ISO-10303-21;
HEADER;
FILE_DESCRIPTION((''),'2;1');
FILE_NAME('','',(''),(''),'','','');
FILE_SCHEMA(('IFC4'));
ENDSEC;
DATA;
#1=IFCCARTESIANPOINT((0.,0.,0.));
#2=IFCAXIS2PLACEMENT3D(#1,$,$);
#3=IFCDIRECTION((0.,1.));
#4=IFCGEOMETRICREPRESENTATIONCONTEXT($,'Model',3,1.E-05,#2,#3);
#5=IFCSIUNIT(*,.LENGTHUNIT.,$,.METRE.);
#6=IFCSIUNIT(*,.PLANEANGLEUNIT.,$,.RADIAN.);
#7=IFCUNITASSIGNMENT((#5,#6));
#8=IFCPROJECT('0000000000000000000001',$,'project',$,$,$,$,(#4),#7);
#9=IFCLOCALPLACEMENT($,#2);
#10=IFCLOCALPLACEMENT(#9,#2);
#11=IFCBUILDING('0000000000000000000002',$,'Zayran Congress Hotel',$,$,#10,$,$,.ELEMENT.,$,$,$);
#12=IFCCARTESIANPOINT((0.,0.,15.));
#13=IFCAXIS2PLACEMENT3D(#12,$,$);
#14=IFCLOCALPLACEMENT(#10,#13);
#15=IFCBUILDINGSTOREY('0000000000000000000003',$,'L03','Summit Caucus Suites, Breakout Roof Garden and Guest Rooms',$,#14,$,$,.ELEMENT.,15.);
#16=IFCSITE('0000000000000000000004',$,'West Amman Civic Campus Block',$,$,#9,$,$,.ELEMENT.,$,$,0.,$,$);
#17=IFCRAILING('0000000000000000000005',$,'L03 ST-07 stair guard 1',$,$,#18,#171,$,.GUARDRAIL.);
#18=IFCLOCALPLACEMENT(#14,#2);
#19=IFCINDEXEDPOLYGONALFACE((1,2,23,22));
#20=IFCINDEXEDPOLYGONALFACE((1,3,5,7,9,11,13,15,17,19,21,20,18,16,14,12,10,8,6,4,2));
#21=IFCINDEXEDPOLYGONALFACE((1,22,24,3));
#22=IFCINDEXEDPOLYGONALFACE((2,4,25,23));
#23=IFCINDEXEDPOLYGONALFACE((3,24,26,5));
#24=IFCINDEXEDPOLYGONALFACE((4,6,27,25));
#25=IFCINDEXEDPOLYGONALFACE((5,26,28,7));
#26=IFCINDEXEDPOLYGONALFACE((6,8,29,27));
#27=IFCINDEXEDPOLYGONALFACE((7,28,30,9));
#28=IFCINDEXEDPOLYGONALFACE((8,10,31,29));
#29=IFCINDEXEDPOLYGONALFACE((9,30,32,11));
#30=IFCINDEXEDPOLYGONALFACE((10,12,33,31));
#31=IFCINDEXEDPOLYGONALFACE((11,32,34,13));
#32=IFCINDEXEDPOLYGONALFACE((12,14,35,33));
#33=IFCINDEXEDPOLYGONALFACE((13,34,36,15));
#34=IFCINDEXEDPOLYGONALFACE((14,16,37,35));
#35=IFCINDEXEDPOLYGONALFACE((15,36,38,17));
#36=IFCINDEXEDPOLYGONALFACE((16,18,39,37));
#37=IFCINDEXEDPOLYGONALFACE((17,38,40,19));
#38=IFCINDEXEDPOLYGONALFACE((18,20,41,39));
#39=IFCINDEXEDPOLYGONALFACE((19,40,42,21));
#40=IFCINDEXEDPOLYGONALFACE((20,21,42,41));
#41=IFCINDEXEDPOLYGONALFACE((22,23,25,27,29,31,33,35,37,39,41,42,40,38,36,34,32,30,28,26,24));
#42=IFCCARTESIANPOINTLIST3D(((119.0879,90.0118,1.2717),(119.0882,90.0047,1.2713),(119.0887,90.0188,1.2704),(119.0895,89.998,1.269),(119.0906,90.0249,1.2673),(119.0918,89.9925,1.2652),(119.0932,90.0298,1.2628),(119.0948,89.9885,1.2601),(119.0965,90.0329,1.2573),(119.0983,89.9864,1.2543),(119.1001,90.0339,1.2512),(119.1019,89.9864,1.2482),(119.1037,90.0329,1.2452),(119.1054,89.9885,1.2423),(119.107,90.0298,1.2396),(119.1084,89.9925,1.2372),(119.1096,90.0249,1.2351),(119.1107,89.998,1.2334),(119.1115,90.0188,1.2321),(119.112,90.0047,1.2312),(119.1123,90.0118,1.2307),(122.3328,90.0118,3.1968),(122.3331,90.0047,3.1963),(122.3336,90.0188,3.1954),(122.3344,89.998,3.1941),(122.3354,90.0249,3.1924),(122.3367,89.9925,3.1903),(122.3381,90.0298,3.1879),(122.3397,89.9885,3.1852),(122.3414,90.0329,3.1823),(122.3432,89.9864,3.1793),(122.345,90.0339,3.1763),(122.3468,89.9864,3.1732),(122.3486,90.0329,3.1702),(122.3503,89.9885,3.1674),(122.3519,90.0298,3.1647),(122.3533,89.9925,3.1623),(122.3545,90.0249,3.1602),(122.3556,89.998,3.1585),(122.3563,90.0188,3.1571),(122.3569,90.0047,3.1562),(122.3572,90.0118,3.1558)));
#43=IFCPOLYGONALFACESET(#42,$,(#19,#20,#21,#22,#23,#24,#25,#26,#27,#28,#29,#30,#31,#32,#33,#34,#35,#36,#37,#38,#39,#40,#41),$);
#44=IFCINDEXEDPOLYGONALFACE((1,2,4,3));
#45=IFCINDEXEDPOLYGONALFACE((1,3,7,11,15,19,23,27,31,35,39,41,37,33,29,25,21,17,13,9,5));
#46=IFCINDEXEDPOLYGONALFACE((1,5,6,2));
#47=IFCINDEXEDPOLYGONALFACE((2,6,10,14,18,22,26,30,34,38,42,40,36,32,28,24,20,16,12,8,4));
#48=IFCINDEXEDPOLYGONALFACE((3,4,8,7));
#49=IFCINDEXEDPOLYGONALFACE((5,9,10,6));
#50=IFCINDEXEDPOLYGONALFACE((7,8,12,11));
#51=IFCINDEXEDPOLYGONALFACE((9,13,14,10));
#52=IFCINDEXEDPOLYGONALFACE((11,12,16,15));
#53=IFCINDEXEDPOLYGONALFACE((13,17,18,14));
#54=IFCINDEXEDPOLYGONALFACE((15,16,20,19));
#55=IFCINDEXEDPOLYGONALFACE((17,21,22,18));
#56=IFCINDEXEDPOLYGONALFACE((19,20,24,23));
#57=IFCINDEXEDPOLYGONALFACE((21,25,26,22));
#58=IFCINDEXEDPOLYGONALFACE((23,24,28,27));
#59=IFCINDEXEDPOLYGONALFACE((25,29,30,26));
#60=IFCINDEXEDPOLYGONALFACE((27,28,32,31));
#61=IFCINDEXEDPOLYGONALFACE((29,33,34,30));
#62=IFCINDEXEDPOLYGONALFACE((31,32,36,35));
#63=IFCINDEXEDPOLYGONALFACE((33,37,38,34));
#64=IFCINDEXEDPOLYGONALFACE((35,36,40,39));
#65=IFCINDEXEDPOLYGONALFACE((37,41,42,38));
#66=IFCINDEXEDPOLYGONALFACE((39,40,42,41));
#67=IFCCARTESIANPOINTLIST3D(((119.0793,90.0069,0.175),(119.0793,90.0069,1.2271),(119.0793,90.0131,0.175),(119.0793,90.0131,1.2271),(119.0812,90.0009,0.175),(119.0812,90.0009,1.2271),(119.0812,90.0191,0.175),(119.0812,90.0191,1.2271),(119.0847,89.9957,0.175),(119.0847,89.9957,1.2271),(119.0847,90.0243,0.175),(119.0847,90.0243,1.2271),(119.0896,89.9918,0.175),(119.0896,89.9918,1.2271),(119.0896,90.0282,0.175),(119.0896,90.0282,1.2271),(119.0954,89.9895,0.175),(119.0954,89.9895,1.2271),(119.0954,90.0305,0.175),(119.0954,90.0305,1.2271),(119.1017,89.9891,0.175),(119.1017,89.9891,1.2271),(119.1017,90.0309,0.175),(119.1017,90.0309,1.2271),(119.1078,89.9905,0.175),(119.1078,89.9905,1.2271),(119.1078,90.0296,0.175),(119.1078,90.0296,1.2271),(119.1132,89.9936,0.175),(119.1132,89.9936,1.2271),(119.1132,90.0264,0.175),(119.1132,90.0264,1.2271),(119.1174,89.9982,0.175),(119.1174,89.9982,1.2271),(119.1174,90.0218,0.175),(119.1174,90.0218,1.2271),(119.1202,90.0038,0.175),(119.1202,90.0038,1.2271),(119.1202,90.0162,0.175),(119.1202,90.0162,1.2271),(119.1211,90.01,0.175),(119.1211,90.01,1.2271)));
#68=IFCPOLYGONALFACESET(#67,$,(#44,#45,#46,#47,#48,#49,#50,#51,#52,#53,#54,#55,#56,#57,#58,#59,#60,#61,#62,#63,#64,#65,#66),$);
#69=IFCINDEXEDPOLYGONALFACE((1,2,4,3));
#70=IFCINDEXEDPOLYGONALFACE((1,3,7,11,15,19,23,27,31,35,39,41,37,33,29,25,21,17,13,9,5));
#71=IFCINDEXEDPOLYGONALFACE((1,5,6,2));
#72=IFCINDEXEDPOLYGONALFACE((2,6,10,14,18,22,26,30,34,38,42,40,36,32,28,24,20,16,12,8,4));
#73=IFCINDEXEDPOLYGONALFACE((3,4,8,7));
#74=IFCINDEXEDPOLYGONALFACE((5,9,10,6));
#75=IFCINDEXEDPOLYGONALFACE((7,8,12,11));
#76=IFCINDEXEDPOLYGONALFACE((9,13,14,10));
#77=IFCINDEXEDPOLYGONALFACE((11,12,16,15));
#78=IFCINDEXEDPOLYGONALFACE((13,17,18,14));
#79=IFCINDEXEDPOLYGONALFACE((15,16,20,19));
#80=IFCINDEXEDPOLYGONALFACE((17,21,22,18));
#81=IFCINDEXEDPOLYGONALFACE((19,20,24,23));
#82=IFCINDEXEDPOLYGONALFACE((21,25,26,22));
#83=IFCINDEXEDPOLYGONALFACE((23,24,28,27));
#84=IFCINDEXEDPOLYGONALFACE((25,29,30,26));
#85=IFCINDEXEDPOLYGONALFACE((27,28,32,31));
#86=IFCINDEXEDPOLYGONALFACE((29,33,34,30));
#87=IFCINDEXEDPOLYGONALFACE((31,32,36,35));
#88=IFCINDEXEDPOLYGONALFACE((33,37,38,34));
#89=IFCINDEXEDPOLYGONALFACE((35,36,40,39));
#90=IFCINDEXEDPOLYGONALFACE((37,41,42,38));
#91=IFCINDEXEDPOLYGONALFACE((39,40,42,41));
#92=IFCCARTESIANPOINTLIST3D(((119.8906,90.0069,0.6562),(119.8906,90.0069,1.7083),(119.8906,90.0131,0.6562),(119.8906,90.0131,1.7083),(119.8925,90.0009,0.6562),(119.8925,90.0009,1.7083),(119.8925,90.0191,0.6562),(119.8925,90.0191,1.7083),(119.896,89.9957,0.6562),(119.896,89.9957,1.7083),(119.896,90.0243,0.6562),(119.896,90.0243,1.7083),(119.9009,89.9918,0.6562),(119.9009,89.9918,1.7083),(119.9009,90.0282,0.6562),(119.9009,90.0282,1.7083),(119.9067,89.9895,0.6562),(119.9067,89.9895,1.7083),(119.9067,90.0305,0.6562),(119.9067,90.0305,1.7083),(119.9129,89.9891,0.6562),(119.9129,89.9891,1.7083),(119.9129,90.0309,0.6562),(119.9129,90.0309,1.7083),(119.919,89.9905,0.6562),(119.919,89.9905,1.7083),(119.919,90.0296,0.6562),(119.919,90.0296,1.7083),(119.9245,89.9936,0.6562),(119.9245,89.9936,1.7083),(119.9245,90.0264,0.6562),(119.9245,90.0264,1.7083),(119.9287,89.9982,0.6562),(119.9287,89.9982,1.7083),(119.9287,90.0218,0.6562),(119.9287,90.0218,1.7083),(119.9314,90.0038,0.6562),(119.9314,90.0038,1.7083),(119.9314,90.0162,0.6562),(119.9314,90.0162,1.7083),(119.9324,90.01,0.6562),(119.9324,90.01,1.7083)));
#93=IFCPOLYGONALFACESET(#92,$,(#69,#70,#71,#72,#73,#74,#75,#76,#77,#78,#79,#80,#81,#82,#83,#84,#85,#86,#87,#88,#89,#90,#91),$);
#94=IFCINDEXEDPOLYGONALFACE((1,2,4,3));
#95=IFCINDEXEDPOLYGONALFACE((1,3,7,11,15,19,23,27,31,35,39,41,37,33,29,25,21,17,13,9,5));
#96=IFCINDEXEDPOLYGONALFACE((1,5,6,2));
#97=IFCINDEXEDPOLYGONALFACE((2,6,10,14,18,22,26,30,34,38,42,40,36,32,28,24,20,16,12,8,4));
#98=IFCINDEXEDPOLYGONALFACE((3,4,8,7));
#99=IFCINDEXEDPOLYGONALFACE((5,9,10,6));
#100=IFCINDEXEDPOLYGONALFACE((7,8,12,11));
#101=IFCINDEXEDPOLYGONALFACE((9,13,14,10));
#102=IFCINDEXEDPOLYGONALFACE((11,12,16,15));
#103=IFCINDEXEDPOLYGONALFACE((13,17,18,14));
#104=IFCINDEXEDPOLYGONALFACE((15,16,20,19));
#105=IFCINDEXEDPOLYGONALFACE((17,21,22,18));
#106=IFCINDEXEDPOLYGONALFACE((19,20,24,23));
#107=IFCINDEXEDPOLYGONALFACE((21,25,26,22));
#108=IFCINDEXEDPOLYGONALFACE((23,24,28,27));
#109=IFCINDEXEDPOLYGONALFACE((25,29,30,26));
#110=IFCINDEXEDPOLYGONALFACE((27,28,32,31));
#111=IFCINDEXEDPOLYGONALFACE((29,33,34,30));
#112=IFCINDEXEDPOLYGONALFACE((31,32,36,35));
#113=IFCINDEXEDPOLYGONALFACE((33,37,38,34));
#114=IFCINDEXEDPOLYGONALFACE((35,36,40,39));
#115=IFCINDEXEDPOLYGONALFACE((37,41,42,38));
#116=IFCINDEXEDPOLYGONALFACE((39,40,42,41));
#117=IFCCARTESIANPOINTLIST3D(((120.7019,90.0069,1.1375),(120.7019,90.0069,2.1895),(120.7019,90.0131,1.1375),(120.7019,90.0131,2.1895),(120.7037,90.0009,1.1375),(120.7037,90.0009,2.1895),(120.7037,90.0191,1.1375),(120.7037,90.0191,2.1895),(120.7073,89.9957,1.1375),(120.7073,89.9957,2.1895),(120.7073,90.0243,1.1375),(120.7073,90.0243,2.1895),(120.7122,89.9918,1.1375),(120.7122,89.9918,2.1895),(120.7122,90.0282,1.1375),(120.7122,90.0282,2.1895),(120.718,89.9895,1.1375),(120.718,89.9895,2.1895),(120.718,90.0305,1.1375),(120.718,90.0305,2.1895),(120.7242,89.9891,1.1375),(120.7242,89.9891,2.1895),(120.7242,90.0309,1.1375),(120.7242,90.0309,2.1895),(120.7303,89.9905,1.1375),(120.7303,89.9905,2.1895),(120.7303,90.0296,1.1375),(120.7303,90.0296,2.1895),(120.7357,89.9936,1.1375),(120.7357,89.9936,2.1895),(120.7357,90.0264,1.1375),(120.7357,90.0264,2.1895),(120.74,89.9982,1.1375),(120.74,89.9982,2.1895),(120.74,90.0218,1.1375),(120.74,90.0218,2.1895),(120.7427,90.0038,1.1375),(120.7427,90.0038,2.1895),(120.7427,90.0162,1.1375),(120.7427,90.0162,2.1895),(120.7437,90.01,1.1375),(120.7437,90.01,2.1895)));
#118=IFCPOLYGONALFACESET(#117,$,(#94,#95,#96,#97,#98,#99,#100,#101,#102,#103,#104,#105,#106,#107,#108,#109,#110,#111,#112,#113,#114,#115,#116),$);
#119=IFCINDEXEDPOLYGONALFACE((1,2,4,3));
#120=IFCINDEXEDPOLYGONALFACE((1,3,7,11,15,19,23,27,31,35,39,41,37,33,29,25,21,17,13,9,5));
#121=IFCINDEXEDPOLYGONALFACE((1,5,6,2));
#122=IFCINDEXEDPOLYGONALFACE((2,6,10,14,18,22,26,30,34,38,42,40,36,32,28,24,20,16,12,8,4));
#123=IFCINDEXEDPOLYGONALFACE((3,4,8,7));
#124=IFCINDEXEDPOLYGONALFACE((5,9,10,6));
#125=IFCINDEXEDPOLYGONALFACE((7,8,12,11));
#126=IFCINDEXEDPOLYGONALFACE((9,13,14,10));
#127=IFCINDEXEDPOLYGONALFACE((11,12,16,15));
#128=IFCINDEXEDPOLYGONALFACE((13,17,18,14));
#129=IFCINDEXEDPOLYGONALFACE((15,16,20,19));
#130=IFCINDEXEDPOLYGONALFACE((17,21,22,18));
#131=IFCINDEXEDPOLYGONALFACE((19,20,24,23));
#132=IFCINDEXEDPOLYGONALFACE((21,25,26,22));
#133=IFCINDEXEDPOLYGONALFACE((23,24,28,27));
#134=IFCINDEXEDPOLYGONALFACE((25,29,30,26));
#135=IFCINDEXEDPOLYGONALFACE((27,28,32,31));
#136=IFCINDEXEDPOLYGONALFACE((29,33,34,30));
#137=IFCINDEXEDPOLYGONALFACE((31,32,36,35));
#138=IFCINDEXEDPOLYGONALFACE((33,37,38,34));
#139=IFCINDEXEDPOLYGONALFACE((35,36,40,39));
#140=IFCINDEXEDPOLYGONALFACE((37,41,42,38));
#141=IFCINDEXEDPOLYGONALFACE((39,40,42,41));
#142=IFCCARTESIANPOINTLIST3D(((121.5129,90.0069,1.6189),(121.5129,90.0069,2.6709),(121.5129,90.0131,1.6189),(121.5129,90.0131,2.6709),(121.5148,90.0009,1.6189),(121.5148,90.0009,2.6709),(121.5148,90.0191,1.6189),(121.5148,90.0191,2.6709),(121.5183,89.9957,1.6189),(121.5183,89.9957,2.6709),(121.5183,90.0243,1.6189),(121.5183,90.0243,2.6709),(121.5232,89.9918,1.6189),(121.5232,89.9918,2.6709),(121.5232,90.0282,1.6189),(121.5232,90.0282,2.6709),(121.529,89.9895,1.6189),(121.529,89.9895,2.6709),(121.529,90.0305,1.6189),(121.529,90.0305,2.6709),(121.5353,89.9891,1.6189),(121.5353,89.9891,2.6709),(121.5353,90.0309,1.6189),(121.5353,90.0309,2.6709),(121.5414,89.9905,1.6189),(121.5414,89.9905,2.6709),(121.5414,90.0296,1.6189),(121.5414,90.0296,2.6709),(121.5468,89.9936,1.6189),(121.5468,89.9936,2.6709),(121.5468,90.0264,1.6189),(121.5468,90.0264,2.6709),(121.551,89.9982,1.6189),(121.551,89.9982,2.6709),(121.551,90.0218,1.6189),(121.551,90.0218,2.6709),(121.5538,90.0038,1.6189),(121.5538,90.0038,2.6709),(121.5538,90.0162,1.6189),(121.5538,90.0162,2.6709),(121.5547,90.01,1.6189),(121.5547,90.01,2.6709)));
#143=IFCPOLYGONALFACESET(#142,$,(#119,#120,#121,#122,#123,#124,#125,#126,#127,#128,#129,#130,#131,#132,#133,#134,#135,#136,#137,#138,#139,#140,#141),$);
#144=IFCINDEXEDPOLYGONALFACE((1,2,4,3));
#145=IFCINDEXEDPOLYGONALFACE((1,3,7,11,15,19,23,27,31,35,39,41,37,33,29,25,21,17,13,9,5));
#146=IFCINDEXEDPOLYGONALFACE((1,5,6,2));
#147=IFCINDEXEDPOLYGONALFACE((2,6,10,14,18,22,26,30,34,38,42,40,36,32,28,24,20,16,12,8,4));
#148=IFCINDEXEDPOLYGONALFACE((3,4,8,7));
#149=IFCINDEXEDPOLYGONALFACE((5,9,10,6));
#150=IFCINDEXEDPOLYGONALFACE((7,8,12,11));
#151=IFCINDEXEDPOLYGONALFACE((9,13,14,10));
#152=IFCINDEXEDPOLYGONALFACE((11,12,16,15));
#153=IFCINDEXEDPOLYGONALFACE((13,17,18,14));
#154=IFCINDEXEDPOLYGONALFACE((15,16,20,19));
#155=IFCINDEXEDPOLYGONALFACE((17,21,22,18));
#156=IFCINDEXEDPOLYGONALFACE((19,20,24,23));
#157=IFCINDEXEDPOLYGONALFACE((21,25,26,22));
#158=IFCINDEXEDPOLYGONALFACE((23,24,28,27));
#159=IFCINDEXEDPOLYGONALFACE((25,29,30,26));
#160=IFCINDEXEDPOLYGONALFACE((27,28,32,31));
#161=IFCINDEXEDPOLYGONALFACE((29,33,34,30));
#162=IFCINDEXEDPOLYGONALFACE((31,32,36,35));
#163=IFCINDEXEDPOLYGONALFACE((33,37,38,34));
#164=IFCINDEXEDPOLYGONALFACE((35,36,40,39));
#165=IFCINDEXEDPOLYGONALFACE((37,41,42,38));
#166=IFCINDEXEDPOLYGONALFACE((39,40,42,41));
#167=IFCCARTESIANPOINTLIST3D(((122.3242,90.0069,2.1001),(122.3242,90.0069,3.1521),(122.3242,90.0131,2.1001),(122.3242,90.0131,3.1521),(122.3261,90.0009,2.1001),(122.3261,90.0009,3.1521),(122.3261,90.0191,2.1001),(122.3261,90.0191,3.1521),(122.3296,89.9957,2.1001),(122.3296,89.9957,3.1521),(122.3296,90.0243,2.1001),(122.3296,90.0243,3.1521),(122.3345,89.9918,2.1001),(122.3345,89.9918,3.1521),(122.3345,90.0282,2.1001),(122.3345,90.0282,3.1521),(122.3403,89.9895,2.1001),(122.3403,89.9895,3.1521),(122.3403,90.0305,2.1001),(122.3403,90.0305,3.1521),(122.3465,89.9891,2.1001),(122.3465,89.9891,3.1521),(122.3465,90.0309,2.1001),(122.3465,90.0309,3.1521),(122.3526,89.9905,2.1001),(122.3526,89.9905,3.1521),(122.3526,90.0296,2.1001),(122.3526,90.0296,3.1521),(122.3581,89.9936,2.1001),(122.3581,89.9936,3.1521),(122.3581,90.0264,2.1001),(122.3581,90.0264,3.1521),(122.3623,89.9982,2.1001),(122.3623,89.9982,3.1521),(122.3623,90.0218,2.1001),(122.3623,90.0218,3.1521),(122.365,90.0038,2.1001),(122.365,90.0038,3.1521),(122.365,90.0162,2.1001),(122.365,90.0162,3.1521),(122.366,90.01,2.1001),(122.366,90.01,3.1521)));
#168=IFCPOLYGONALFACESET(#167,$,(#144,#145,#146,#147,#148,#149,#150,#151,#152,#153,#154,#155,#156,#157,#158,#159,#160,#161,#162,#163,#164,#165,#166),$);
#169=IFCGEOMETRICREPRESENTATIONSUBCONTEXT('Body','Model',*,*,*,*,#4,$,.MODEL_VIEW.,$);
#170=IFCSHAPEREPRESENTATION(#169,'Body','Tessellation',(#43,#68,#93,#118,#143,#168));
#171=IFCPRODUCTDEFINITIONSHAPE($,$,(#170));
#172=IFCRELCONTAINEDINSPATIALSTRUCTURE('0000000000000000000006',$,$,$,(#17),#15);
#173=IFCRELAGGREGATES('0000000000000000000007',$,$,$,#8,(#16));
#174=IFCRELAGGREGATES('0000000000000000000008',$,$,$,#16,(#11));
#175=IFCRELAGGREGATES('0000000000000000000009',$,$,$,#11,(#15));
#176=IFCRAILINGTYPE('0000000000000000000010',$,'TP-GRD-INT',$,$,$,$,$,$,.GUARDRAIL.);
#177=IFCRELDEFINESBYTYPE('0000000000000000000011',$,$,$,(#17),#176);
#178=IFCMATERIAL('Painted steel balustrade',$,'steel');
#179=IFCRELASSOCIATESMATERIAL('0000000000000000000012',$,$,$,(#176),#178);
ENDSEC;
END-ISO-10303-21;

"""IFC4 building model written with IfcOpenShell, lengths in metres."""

from ifc_helpers import new_model, si_unit, direction, frame, origin, origin_2d, place, context, subcontext, project, spatial, circle, extrude, material, type_object, element, save


model = new_model("IFC4")

# Units and contexts
model_context = context("Model", 3, precision=1e-05, world=origin(), true_north=direction((0.0, 1.0)))
body_context = subcontext(model_context, "Body", "Model", "MODEL_VIEW")
ifc_project = project(units=[si_unit("LENGTHUNIT", "METRE"), si_unit("PLANEANGLEUNIT", "RADIAN")], contexts=[model_context])

# Site, building, storey
site_placement = place(None, origin())
site = spatial("IfcSite", under=ifc_project, at=site_placement, Name="West Amman Civic Campus Block", CompositionType="ELEMENT", RefElevation=0.0)
building_placement = place(site_placement, origin())
building = spatial("IfcBuilding", under=site, at=building_placement, Name="Zayran Congress Hotel", CompositionType="ELEMENT")
storey_placement = place(building_placement, frame((0.0, 0.0, 15.0)))
storey = spatial("IfcBuildingStorey", under=building, at=storey_placement, Name="L03", Description="Summit Caucus Suites, Breakout Roof Garden and Guest Rooms", CompositionType="ELEMENT", Elevation=15.0)

# Railing
ifc_material_1 = material(Name="Painted steel balustrade", Category="steel")
railing_type = type_object("IfcRailingType", Name="TP-GRD-INT", PredefinedType="GUARDRAIL", material=ifc_material_1)
railing_1_placement = place(storey_placement, frame((119.1001, 90.01, 0.175)))
element("IfcRailing", 1, at=railing_1_placement, inside=storey, type_object=railing_type, Name="L03 ST-07 stair guard 1", PredefinedType="GUARDRAIL", context=body_context, shape_type="SweptSolid", body=[
    extrude(circle(Radius=0.0239, at=origin_2d()), frame((0.0, 0.0, 1.0762), z_axis=(0.86004, 0.0, 0.510226), x_axis=(0.0, 1.0, 0.0)), (0.0, 0.0, 1.0), 3.7729),
    extrude(circle(Radius=0.021, at=origin_2d()), origin(), (0.0, 0.0, 1.0), 1.052),
    extrude(circle(Radius=0.021, at=origin_2d()), frame((0.8113, 0.0, 0.4812)), (0.0, 0.0, 1.0), 1.052),
    extrude(circle(Radius=0.021, at=origin_2d()), frame((1.6226, 0.0, 0.9624)), (0.0, 0.0, 1.0), 1.052),
    extrude(circle(Radius=0.021, at=origin_2d()), frame((2.4336, 0.0, 1.4438)), (0.0, 0.0, 1.0), 1.052),
    extrude(circle(Radius=0.021, at=origin_2d()), frame((3.2449, 0.0, 1.925)), (0.0, 0.0, 1.0), 1.052),
])

save(model, "model.ifc")
